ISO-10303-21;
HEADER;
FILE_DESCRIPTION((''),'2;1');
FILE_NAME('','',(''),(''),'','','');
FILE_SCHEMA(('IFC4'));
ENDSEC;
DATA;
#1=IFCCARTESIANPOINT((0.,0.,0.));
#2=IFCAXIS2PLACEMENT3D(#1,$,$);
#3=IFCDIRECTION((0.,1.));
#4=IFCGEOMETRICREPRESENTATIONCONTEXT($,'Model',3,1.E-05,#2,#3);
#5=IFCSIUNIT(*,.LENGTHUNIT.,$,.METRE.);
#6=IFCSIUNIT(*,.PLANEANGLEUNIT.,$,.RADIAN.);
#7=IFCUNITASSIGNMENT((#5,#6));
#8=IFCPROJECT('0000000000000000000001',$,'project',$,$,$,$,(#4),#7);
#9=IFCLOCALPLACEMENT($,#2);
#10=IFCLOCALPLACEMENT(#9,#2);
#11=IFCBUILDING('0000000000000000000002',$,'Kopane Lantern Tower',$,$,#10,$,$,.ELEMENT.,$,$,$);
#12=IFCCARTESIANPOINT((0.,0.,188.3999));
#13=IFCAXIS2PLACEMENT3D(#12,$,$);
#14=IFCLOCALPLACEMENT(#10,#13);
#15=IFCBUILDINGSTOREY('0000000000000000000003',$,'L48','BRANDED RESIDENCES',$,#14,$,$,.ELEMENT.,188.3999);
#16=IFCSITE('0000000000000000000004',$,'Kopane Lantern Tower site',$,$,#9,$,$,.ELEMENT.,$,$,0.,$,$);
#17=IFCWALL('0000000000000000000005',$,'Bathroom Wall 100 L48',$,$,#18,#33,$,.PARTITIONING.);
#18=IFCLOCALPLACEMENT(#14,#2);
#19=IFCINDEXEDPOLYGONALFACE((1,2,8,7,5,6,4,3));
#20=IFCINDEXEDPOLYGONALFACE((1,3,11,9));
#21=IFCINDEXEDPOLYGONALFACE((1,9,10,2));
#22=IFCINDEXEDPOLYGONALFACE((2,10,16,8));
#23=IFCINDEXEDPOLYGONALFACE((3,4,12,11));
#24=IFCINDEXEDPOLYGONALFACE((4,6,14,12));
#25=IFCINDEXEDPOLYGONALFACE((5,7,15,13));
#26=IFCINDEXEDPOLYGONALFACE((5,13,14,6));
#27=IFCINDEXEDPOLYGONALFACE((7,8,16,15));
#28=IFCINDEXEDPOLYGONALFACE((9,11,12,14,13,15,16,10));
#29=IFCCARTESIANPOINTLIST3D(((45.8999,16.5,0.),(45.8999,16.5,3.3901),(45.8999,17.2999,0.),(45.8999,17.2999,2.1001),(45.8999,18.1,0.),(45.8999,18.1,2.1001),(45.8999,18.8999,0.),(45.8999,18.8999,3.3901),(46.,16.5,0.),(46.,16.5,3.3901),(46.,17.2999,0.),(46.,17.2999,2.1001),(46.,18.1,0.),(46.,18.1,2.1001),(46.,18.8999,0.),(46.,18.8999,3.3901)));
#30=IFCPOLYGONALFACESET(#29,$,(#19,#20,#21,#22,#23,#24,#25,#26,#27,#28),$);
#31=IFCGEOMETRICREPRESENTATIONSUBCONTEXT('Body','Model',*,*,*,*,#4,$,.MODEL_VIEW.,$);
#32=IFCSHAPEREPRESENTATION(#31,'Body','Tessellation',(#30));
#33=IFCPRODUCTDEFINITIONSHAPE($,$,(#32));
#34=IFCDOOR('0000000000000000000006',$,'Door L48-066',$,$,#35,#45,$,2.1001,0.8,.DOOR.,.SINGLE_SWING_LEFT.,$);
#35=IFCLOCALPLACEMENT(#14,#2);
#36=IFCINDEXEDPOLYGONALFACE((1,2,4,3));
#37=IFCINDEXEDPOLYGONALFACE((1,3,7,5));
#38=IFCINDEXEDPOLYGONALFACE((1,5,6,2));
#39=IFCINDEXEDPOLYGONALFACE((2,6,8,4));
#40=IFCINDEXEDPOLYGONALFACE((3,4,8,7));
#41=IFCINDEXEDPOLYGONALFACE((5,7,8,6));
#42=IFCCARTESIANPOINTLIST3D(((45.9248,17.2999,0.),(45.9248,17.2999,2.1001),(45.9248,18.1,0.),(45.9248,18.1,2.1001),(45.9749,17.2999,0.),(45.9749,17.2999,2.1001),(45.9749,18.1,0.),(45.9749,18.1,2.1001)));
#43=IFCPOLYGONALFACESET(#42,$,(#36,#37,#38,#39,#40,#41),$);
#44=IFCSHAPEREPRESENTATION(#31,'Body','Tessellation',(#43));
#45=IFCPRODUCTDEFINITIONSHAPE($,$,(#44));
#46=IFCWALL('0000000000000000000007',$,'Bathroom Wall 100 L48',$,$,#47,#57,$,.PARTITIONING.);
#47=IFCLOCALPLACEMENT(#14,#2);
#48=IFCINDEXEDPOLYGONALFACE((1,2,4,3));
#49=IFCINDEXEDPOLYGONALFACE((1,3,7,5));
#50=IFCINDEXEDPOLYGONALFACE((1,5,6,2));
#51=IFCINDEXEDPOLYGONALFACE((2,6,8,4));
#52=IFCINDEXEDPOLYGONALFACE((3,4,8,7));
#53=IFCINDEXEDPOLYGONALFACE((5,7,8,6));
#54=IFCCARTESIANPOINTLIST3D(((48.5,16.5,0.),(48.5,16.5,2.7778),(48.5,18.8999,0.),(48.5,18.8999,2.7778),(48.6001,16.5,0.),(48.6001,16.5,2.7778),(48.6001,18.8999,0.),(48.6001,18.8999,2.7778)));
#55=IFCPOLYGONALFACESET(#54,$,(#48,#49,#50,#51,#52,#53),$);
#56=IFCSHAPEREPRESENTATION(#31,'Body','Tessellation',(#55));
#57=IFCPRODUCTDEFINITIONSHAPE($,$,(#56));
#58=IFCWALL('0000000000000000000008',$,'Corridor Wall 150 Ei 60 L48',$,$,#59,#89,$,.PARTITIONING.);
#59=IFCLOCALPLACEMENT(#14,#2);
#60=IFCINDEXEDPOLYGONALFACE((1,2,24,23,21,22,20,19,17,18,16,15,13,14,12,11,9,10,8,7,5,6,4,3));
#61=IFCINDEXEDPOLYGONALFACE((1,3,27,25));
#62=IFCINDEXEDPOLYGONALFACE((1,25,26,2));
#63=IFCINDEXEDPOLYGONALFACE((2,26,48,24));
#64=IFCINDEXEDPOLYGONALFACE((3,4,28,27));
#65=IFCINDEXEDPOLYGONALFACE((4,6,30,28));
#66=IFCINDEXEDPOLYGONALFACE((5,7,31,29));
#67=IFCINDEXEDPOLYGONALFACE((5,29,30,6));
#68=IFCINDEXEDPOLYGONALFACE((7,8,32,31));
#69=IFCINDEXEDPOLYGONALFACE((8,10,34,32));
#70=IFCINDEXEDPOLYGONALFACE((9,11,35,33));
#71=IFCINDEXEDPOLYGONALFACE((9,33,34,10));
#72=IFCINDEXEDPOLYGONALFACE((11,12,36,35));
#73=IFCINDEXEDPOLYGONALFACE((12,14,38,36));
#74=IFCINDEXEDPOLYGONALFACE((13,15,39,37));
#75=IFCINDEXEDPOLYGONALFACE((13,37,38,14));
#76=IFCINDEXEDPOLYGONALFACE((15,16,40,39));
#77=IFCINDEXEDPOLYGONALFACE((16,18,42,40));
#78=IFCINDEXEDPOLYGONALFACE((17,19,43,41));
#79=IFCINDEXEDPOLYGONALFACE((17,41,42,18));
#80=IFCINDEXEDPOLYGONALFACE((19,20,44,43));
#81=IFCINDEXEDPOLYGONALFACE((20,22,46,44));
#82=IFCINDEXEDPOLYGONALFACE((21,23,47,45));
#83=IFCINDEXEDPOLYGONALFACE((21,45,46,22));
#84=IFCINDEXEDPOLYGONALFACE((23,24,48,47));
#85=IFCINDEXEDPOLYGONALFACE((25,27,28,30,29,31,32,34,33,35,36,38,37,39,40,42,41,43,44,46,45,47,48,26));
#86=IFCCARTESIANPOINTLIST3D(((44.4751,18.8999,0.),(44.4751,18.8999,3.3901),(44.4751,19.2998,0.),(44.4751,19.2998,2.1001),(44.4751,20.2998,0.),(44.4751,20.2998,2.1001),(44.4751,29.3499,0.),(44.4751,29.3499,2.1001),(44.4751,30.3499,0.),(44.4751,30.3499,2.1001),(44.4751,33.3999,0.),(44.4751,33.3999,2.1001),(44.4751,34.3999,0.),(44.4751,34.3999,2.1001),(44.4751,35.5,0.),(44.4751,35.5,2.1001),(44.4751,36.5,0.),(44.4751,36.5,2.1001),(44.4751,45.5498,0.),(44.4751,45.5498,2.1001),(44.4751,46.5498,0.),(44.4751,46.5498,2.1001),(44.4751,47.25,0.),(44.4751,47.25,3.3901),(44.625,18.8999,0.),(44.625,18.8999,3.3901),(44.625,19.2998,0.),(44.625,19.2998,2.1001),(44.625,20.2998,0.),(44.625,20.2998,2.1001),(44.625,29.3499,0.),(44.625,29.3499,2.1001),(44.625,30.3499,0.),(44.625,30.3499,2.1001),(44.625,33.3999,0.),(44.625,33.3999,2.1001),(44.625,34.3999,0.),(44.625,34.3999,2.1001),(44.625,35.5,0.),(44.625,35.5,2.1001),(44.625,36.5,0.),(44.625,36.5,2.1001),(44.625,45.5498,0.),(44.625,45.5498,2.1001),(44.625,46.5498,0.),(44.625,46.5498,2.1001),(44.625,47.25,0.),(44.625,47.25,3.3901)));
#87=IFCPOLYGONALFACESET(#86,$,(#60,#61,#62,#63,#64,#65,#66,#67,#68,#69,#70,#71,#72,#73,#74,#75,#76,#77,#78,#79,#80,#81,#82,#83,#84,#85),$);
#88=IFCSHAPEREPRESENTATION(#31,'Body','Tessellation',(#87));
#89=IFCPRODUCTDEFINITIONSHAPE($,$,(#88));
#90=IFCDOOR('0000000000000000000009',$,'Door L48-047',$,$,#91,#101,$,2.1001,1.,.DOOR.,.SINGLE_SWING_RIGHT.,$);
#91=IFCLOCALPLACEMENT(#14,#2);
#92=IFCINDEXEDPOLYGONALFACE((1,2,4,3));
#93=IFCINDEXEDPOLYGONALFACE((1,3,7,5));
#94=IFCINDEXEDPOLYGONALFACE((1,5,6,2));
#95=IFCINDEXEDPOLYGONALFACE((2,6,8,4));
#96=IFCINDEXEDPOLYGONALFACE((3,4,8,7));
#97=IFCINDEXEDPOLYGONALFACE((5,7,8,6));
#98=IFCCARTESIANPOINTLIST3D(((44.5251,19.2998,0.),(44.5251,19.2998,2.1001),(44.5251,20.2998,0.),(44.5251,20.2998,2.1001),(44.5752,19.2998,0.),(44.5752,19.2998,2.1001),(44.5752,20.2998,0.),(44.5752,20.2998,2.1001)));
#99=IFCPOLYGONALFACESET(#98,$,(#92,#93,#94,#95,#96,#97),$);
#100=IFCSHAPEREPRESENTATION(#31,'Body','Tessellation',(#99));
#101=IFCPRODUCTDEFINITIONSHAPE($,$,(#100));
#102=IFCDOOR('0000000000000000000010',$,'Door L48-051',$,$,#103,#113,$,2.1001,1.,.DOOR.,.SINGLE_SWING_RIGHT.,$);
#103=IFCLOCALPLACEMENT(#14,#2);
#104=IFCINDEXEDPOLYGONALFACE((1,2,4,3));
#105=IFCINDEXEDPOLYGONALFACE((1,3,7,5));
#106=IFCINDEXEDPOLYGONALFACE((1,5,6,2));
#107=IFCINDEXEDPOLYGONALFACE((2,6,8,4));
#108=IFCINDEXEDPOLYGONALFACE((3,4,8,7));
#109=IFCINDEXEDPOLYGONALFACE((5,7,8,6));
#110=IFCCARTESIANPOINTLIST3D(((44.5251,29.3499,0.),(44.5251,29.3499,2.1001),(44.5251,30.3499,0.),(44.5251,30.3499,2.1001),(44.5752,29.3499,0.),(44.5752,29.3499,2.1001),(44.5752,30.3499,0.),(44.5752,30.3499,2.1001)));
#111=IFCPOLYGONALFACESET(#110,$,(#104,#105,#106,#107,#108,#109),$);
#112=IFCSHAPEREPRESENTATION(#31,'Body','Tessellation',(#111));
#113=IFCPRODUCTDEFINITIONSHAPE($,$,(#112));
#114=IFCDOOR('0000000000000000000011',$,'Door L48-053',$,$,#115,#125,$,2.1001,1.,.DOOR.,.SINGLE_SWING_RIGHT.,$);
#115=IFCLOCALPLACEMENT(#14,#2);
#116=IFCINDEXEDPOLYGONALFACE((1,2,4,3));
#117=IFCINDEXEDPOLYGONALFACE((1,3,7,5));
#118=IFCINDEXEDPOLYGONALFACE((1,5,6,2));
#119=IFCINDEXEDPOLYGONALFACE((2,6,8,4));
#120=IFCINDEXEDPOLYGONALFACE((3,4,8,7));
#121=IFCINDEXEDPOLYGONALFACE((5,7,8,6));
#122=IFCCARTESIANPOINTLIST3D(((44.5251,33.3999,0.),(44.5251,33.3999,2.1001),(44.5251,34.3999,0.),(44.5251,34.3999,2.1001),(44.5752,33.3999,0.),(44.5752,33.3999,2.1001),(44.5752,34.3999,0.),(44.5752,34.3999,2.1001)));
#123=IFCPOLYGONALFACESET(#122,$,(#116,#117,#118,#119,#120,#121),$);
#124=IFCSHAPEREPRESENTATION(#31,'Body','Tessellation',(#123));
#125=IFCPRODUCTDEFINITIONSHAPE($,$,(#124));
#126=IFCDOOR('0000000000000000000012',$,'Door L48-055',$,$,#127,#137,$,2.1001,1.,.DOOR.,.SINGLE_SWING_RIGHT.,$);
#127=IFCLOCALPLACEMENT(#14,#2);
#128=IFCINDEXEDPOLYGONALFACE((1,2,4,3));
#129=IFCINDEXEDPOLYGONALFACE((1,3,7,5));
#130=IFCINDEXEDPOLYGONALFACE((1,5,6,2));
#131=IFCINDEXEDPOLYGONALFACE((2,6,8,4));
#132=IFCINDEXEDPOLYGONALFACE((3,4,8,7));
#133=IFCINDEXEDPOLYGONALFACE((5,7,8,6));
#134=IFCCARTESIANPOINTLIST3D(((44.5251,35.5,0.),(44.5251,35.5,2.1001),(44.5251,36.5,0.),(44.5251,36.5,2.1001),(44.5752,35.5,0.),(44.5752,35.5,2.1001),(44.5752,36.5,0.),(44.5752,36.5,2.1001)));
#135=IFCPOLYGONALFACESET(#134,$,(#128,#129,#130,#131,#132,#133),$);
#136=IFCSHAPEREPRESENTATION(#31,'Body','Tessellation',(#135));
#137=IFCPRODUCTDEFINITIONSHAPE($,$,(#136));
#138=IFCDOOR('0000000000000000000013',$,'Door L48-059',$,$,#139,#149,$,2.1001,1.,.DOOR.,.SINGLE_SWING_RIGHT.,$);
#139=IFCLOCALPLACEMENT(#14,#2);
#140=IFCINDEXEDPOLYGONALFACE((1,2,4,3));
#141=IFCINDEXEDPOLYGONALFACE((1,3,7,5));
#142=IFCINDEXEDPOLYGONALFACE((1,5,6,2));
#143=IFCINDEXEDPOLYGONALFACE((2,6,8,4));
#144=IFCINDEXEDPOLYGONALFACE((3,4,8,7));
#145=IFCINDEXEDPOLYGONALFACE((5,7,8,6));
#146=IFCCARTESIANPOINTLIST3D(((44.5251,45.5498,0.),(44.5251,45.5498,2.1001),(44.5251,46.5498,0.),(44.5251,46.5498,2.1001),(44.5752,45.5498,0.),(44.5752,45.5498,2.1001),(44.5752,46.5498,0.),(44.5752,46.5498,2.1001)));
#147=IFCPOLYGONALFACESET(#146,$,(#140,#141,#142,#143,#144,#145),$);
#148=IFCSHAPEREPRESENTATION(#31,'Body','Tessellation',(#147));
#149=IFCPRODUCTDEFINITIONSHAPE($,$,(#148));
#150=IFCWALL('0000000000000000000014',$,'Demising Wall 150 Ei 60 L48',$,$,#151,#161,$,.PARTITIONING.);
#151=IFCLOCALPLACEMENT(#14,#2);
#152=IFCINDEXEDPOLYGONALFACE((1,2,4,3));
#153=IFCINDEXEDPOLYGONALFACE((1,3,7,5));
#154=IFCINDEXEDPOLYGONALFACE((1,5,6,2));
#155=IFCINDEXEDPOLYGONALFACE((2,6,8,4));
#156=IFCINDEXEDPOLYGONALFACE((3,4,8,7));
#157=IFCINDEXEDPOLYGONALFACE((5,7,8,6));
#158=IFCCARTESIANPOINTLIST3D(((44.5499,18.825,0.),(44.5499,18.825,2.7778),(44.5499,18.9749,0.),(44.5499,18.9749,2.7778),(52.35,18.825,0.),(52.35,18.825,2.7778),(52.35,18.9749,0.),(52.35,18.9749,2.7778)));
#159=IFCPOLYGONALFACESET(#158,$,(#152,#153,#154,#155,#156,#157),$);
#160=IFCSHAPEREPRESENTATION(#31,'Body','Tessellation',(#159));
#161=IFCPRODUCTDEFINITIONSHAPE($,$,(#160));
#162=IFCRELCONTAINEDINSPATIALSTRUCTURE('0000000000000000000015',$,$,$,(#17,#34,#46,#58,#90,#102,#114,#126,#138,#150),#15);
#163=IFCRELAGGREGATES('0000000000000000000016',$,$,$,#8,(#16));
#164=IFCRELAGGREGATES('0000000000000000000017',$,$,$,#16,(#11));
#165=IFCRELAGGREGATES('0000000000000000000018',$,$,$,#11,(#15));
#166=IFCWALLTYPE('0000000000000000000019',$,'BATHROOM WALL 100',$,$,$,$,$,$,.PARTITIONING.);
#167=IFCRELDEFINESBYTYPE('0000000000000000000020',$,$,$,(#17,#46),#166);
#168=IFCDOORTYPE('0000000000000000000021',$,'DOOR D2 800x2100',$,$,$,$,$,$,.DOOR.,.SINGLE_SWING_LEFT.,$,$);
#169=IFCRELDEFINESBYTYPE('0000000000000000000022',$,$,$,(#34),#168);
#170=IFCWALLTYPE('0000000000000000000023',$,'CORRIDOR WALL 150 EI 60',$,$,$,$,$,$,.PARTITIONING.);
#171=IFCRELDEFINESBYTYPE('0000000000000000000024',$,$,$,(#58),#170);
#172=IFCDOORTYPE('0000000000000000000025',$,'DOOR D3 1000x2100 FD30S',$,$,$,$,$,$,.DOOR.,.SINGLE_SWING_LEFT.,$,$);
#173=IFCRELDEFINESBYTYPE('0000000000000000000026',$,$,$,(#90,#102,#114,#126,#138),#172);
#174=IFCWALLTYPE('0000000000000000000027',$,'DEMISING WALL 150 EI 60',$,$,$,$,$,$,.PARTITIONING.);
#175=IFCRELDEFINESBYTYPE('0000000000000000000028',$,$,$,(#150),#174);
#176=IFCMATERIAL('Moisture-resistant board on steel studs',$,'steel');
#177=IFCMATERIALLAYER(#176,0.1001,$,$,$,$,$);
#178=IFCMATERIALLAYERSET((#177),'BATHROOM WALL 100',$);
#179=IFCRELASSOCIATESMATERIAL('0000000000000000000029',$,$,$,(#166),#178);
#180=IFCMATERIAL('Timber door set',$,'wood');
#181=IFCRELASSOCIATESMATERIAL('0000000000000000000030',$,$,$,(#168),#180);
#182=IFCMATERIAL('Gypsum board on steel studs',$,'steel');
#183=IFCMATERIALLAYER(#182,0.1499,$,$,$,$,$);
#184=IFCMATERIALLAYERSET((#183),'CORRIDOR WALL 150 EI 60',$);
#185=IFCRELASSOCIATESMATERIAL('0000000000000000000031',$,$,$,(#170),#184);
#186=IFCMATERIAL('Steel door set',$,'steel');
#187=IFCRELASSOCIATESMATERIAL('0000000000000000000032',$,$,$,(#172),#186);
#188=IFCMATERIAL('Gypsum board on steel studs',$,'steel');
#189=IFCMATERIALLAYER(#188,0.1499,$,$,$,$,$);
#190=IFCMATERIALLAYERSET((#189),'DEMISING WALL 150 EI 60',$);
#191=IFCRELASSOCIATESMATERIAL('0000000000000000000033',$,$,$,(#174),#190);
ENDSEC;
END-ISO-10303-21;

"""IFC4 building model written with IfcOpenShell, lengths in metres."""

from ifc_helpers import new_model, si_unit, direction, frame, frame_2d, origin, place, context, subcontext, project, spatial, rectangle, extrude, material, layer, layer_set, type_object, element, fill, save


model = new_model("IFC4")

# Units and contexts
model_context = context("Model", 3, precision=1e-05, world=origin(), true_north=direction((0.0, 1.0)))
body_context = subcontext(model_context, "Body", "Model", "MODEL_VIEW")
ifc_project = project(units=[si_unit("LENGTHUNIT", "METRE"), si_unit("PLANEANGLEUNIT", "RADIAN")], contexts=[model_context])

# Site, building, storey
site_placement = place(None, origin())
site = spatial("IfcSite", under=ifc_project, at=site_placement, Name="Kopane Lantern Tower site", CompositionType="ELEMENT", RefElevation=0.0)
building_placement = place(site_placement, origin())
building = spatial("IfcBuilding", under=site, at=building_placement, Name="Kopane Lantern Tower", CompositionType="ELEMENT")
storey_placement = place(building_placement, frame((0.0, 0.0, 188.3999)))
storey = spatial("IfcBuildingStorey", under=building, at=storey_placement, Name="L48", Description="BRANDED RESIDENCES", CompositionType="ELEMENT", Elevation=188.3999)

# Wall, opening, door
ifc_material_1 = material(Name="Moisture-resistant board on steel studs", Category="steel")
ifc_layer_1 = layer(ifc_material_1, 0.1001)
ifc_layer_set_1 = layer_set([ifc_layer_1], Name="BATHROOM WALL 100")
wall_type_1 = type_object("IfcWallType", Name="BATHROOM WALL 100", PredefinedType="PARTITIONING", material=ifc_layer_set_1)
wall_1_placement = place(storey_placement, frame((45.95, 18.8999, 0.0), z_axis=(0.0, 0.0, 1.0), x_axis=(0.0, -1.0, 0.0)))
wall_1 = element("IfcWall", 1, at=wall_1_placement, inside=storey, type_object=wall_type_1, Name="Bathroom Wall 100 L48", PredefinedType="PARTITIONING", context=body_context, shape_type="SweptSolid", body=[
    extrude(rectangle(XDim=2.3999, YDim=0.1001, at=frame_2d((1.2, 0.0))), origin(), (0.0, 0.0, 1.0), 3.3901),
])
opening_1_placement = place(wall_1_placement, frame((0.8, 0.0, 0.0)))
opening_1 = element("IfcOpeningElement", 2, at=opening_1_placement, cuts=wall_1, PredefinedType="OPENING", context=body_context, shape_type="SweptSolid", body=[
    extrude(rectangle(XDim=0.8, YDim=2.1001, at=frame_2d((0.3999, 1.05))), frame((0.0, 0.0601, 0.0), z_axis=(0.0, -1.0, 0.0), x_axis=(1.0, 0.0, 0.0)), (0.0, 0.0, 1.0), 0.1201),
])
ifc_material_2 = material(Name="Timber door set", Category="wood")
door_type_1 = type_object("IfcDoorType", Name="DOOR D2 800x2100", OperationType="SINGLE_SWING_LEFT", PredefinedType="DOOR", material=ifc_material_2)
door_1_placement = place(opening_1_placement, origin())
door_1 = element("IfcDoor", 3, at=door_1_placement, inside=storey, type_object=door_type_1, Name="Door L48-066", OperationType="SINGLE_SWING_LEFT", OverallHeight=2.1001, OverallWidth=0.8, PredefinedType="DOOR", context=body_context, shape_type="SweptSolid", body=[
    extrude(rectangle(XDim=0.8, YDim=2.1001, at=frame_2d((0.3999, 1.05))), frame((0.0, 0.0249, 0.0), z_axis=(0.0, -1.0, 0.0), x_axis=(1.0, 0.0, 0.0)), (0.0, 0.0, 1.0), 0.05),
])
fill(opening_1, door_1)

# Wall
wall_2_placement = place(storey_placement, frame((48.55, 18.8999, 0.0), z_axis=(0.0, 0.0, 1.0), x_axis=(0.0, -1.0, 0.0)))
element("IfcWall", 4, at=wall_2_placement, inside=storey, type_object=wall_type_1, Name="Bathroom Wall 100 L48", PredefinedType="PARTITIONING", context=body_context, shape_type="SweptSolid", body=[
    extrude(rectangle(XDim=2.3999, YDim=0.1001, at=frame_2d((1.2, 0.0))), origin(), (0.0, 0.0, 1.0), 2.7778),
])

# Wall, openings, doors
ifc_material_3 = material(Name="Gypsum board on steel studs", Category="steel")
ifc_layer_2 = layer(ifc_material_3, 0.1499)
ifc_layer_set_2 = layer_set([ifc_layer_2], Name="CORRIDOR WALL 150 EI 60")
wall_type_2 = type_object("IfcWallType", Name="CORRIDOR WALL 150 EI 60", PredefinedType="PARTITIONING", material=ifc_layer_set_2)
wall_3_placement = place(storey_placement, frame((44.55, 18.8999, 0.0), z_axis=(0.0, 0.0, 1.0), x_axis=(0.0, 1.0, 0.0)))
wall_3 = element("IfcWall", 5, at=wall_3_placement, inside=storey, type_object=wall_type_2, Name="Corridor Wall 150 Ei 60 L48", PredefinedType="PARTITIONING", context=body_context, shape_type="SweptSolid", body=[
    extrude(rectangle(XDim=28.3501, YDim=0.1499, at=frame_2d((14.175, 0.0))), origin(), (0.0, 0.0, 1.0), 3.3901),
])
opening_2_placement = place(wall_3_placement, frame((0.3999, 0.0, 0.0)))
opening_2 = element("IfcOpeningElement", 6, at=opening_2_placement, cuts=wall_3, PredefinedType="OPENING", context=body_context, shape_type="SweptSolid", body=[
    extrude(rectangle(XDim=1.0, YDim=2.1001, at=frame_2d((0.5, 1.05))), frame((0.0, 0.085, 0.0), z_axis=(0.0, -1.0, 0.0), x_axis=(1.0, 0.0, 0.0)), (0.0, 0.0, 1.0), 0.1699),
])
opening_3_placement = place(wall_3_placement, frame((10.45, 0.0, 0.0)))
opening_3 = element("IfcOpeningElement", 7, at=opening_3_placement, cuts=wall_3, PredefinedType="OPENING", context=body_context, shape_type="SweptSolid", body=[
    extrude(rectangle(XDim=1.0, YDim=2.1001, at=frame_2d((0.5, 1.05))), frame((0.0, 0.085, 0.0), z_axis=(0.0, -1.0, 0.0), x_axis=(1.0, 0.0, 0.0)), (0.0, 0.0, 1.0), 0.1699),
])
opening_4_placement = place(wall_3_placement, frame((14.5, 0.0, 0.0)))
opening_4 = element("IfcOpeningElement", 8, at=opening_4_placement, cuts=wall_3, PredefinedType="OPENING", context=body_context, shape_type="SweptSolid", body=[
    extrude(rectangle(XDim=1.0, YDim=2.1001, at=frame_2d((0.5, 1.05))), frame((0.0, 0.085, 0.0), z_axis=(0.0, -1.0, 0.0), x_axis=(1.0, 0.0, 0.0)), (0.0, 0.0, 1.0), 0.1699),
])
opening_5_placement = place(wall_3_placement, frame((16.6001, 0.0, 0.0)))
opening_5 = element("IfcOpeningElement", 9, at=opening_5_placement, cuts=wall_3, PredefinedType="OPENING", context=body_context, shape_type="SweptSolid", body=[
    extrude(rectangle(XDim=1.0, YDim=2.1001, at=frame_2d((0.5, 1.05))), frame((0.0, 0.085, 0.0), z_axis=(0.0, -1.0, 0.0), x_axis=(1.0, 0.0, 0.0)), (0.0, 0.0, 1.0), 0.1699),
])
opening_6_placement = place(wall_3_placement, frame((26.6499, 0.0, 0.0)))
opening_6 = element("IfcOpeningElement", 10, at=opening_6_placement, cuts=wall_3, PredefinedType="OPENING", context=body_context, shape_type="SweptSolid", body=[
    extrude(rectangle(XDim=1.0, YDim=2.1001, at=frame_2d((0.5, 1.05))), frame((0.0, 0.085, 0.0), z_axis=(0.0, -1.0, 0.0), x_axis=(1.0, 0.0, 0.0)), (0.0, 0.0, 1.0), 0.1699),
])
ifc_material_4 = material(Name="Steel door set", Category="steel")
door_type_2 = type_object("IfcDoorType", Name="DOOR D3 1000x2100 FD30S", OperationType="SINGLE_SWING_LEFT", PredefinedType="DOOR", material=ifc_material_4)
door_2_placement = place(opening_2_placement, origin())
door_2 = element("IfcDoor", 11, at=door_2_placement, inside=storey, type_object=door_type_2, Name="Door L48-047", OperationType="SINGLE_SWING_RIGHT", OverallHeight=2.1001, OverallWidth=1.0, PredefinedType="DOOR", context=body_context, shape_type="SweptSolid", body=[
    extrude(rectangle(XDim=1.0, YDim=2.1001, at=frame_2d((0.5, 1.05))), frame((0.0, 0.0249, 0.0), z_axis=(0.0, -1.0, 0.0), x_axis=(1.0, 0.0, 0.0)), (0.0, 0.0, 1.0), 0.05),
])
fill(opening_2, door_2)
door_3_placement = place(opening_3_placement, origin())
door_3 = element("IfcDoor", 12, at=door_3_placement, inside=storey, type_object=door_type_2, Name="Door L48-051", OperationType="SINGLE_SWING_RIGHT", OverallHeight=2.1001, OverallWidth=1.0, PredefinedType="DOOR", context=body_context, shape_type="SweptSolid", body=[
    extrude(rectangle(XDim=1.0, YDim=2.1001, at=frame_2d((0.5, 1.05))), frame((0.0, 0.0249, 0.0), z_axis=(0.0, -1.0, 0.0), x_axis=(1.0, 0.0, 0.0)), (0.0, 0.0, 1.0), 0.05),
])
fill(opening_3, door_3)
door_4_placement = place(opening_4_placement, origin())
door_4 = element("IfcDoor", 13, at=door_4_placement, inside=storey, type_object=door_type_2, Name="Door L48-053", OperationType="SINGLE_SWING_RIGHT", OverallHeight=2.1001, OverallWidth=1.0, PredefinedType="DOOR", context=body_context, shape_type="SweptSolid", body=[
    extrude(rectangle(XDim=1.0, YDim=2.1001, at=frame_2d((0.5, 1.05))), frame((0.0, 0.0249, 0.0), z_axis=(0.0, -1.0, 0.0), x_axis=(1.0, 0.0, 0.0)), (0.0, 0.0, 1.0), 0.05),
])
fill(opening_4, door_4)
door_5_placement = place(opening_5_placement, origin())
door_5 = element("IfcDoor", 14, at=door_5_placement, inside=storey, type_object=door_type_2, Name="Door L48-055", OperationType="SINGLE_SWING_RIGHT", OverallHeight=2.1001, OverallWidth=1.0, PredefinedType="DOOR", context=body_context, shape_type="SweptSolid", body=[
    extrude(rectangle(XDim=1.0, YDim=2.1001, at=frame_2d((0.5, 1.05))), frame((0.0, 0.0249, 0.0), z_axis=(0.0, -1.0, 0.0), x_axis=(1.0, 0.0, 0.0)), (0.0, 0.0, 1.0), 0.05),
])
fill(opening_5, door_5)
door_6_placement = place(opening_6_placement, origin())
door_6 = element("IfcDoor", 15, at=door_6_placement, inside=storey, type_object=door_type_2, Name="Door L48-059", OperationType="SINGLE_SWING_RIGHT", OverallHeight=2.1001, OverallWidth=1.0, PredefinedType="DOOR", context=body_context, shape_type="SweptSolid", body=[
    extrude(rectangle(XDim=1.0, YDim=2.1001, at=frame_2d((0.5, 1.05))), frame((0.0, 0.0249, 0.0), z_axis=(0.0, -1.0, 0.0), x_axis=(1.0, 0.0, 0.0)), (0.0, 0.0, 1.0), 0.05),
])
fill(opening_6, door_6)

# Wall
ifc_material_5 = material(Name="Gypsum board on steel studs", Category="steel")
ifc_layer_3 = layer(ifc_material_5, 0.1499)
ifc_layer_set_3 = layer_set([ifc_layer_3], Name="DEMISING WALL 150 EI 60")
wall_type_3 = type_object("IfcWallType", Name="DEMISING WALL 150 EI 60", PredefinedType="PARTITIONING", material=ifc_layer_set_3)
wall_4_placement = place(storey_placement, frame((44.55, 18.8999, 0.0), z_axis=(0.0, 0.0, 1.0), x_axis=(1.0, 0.0, 0.0)))
element("IfcWall", 16, at=wall_4_placement, inside=storey, type_object=wall_type_3, Name="Demising Wall 150 Ei 60 L48", PredefinedType="PARTITIONING", context=body_context, shape_type="SweptSolid", body=[
    extrude(rectangle(XDim=7.8, YDim=0.1499, at=frame_2d((3.8999, 0.0))), origin(), (0.0, 0.0, 1.0), 2.7778),
])

save(model, "model.ifc")
